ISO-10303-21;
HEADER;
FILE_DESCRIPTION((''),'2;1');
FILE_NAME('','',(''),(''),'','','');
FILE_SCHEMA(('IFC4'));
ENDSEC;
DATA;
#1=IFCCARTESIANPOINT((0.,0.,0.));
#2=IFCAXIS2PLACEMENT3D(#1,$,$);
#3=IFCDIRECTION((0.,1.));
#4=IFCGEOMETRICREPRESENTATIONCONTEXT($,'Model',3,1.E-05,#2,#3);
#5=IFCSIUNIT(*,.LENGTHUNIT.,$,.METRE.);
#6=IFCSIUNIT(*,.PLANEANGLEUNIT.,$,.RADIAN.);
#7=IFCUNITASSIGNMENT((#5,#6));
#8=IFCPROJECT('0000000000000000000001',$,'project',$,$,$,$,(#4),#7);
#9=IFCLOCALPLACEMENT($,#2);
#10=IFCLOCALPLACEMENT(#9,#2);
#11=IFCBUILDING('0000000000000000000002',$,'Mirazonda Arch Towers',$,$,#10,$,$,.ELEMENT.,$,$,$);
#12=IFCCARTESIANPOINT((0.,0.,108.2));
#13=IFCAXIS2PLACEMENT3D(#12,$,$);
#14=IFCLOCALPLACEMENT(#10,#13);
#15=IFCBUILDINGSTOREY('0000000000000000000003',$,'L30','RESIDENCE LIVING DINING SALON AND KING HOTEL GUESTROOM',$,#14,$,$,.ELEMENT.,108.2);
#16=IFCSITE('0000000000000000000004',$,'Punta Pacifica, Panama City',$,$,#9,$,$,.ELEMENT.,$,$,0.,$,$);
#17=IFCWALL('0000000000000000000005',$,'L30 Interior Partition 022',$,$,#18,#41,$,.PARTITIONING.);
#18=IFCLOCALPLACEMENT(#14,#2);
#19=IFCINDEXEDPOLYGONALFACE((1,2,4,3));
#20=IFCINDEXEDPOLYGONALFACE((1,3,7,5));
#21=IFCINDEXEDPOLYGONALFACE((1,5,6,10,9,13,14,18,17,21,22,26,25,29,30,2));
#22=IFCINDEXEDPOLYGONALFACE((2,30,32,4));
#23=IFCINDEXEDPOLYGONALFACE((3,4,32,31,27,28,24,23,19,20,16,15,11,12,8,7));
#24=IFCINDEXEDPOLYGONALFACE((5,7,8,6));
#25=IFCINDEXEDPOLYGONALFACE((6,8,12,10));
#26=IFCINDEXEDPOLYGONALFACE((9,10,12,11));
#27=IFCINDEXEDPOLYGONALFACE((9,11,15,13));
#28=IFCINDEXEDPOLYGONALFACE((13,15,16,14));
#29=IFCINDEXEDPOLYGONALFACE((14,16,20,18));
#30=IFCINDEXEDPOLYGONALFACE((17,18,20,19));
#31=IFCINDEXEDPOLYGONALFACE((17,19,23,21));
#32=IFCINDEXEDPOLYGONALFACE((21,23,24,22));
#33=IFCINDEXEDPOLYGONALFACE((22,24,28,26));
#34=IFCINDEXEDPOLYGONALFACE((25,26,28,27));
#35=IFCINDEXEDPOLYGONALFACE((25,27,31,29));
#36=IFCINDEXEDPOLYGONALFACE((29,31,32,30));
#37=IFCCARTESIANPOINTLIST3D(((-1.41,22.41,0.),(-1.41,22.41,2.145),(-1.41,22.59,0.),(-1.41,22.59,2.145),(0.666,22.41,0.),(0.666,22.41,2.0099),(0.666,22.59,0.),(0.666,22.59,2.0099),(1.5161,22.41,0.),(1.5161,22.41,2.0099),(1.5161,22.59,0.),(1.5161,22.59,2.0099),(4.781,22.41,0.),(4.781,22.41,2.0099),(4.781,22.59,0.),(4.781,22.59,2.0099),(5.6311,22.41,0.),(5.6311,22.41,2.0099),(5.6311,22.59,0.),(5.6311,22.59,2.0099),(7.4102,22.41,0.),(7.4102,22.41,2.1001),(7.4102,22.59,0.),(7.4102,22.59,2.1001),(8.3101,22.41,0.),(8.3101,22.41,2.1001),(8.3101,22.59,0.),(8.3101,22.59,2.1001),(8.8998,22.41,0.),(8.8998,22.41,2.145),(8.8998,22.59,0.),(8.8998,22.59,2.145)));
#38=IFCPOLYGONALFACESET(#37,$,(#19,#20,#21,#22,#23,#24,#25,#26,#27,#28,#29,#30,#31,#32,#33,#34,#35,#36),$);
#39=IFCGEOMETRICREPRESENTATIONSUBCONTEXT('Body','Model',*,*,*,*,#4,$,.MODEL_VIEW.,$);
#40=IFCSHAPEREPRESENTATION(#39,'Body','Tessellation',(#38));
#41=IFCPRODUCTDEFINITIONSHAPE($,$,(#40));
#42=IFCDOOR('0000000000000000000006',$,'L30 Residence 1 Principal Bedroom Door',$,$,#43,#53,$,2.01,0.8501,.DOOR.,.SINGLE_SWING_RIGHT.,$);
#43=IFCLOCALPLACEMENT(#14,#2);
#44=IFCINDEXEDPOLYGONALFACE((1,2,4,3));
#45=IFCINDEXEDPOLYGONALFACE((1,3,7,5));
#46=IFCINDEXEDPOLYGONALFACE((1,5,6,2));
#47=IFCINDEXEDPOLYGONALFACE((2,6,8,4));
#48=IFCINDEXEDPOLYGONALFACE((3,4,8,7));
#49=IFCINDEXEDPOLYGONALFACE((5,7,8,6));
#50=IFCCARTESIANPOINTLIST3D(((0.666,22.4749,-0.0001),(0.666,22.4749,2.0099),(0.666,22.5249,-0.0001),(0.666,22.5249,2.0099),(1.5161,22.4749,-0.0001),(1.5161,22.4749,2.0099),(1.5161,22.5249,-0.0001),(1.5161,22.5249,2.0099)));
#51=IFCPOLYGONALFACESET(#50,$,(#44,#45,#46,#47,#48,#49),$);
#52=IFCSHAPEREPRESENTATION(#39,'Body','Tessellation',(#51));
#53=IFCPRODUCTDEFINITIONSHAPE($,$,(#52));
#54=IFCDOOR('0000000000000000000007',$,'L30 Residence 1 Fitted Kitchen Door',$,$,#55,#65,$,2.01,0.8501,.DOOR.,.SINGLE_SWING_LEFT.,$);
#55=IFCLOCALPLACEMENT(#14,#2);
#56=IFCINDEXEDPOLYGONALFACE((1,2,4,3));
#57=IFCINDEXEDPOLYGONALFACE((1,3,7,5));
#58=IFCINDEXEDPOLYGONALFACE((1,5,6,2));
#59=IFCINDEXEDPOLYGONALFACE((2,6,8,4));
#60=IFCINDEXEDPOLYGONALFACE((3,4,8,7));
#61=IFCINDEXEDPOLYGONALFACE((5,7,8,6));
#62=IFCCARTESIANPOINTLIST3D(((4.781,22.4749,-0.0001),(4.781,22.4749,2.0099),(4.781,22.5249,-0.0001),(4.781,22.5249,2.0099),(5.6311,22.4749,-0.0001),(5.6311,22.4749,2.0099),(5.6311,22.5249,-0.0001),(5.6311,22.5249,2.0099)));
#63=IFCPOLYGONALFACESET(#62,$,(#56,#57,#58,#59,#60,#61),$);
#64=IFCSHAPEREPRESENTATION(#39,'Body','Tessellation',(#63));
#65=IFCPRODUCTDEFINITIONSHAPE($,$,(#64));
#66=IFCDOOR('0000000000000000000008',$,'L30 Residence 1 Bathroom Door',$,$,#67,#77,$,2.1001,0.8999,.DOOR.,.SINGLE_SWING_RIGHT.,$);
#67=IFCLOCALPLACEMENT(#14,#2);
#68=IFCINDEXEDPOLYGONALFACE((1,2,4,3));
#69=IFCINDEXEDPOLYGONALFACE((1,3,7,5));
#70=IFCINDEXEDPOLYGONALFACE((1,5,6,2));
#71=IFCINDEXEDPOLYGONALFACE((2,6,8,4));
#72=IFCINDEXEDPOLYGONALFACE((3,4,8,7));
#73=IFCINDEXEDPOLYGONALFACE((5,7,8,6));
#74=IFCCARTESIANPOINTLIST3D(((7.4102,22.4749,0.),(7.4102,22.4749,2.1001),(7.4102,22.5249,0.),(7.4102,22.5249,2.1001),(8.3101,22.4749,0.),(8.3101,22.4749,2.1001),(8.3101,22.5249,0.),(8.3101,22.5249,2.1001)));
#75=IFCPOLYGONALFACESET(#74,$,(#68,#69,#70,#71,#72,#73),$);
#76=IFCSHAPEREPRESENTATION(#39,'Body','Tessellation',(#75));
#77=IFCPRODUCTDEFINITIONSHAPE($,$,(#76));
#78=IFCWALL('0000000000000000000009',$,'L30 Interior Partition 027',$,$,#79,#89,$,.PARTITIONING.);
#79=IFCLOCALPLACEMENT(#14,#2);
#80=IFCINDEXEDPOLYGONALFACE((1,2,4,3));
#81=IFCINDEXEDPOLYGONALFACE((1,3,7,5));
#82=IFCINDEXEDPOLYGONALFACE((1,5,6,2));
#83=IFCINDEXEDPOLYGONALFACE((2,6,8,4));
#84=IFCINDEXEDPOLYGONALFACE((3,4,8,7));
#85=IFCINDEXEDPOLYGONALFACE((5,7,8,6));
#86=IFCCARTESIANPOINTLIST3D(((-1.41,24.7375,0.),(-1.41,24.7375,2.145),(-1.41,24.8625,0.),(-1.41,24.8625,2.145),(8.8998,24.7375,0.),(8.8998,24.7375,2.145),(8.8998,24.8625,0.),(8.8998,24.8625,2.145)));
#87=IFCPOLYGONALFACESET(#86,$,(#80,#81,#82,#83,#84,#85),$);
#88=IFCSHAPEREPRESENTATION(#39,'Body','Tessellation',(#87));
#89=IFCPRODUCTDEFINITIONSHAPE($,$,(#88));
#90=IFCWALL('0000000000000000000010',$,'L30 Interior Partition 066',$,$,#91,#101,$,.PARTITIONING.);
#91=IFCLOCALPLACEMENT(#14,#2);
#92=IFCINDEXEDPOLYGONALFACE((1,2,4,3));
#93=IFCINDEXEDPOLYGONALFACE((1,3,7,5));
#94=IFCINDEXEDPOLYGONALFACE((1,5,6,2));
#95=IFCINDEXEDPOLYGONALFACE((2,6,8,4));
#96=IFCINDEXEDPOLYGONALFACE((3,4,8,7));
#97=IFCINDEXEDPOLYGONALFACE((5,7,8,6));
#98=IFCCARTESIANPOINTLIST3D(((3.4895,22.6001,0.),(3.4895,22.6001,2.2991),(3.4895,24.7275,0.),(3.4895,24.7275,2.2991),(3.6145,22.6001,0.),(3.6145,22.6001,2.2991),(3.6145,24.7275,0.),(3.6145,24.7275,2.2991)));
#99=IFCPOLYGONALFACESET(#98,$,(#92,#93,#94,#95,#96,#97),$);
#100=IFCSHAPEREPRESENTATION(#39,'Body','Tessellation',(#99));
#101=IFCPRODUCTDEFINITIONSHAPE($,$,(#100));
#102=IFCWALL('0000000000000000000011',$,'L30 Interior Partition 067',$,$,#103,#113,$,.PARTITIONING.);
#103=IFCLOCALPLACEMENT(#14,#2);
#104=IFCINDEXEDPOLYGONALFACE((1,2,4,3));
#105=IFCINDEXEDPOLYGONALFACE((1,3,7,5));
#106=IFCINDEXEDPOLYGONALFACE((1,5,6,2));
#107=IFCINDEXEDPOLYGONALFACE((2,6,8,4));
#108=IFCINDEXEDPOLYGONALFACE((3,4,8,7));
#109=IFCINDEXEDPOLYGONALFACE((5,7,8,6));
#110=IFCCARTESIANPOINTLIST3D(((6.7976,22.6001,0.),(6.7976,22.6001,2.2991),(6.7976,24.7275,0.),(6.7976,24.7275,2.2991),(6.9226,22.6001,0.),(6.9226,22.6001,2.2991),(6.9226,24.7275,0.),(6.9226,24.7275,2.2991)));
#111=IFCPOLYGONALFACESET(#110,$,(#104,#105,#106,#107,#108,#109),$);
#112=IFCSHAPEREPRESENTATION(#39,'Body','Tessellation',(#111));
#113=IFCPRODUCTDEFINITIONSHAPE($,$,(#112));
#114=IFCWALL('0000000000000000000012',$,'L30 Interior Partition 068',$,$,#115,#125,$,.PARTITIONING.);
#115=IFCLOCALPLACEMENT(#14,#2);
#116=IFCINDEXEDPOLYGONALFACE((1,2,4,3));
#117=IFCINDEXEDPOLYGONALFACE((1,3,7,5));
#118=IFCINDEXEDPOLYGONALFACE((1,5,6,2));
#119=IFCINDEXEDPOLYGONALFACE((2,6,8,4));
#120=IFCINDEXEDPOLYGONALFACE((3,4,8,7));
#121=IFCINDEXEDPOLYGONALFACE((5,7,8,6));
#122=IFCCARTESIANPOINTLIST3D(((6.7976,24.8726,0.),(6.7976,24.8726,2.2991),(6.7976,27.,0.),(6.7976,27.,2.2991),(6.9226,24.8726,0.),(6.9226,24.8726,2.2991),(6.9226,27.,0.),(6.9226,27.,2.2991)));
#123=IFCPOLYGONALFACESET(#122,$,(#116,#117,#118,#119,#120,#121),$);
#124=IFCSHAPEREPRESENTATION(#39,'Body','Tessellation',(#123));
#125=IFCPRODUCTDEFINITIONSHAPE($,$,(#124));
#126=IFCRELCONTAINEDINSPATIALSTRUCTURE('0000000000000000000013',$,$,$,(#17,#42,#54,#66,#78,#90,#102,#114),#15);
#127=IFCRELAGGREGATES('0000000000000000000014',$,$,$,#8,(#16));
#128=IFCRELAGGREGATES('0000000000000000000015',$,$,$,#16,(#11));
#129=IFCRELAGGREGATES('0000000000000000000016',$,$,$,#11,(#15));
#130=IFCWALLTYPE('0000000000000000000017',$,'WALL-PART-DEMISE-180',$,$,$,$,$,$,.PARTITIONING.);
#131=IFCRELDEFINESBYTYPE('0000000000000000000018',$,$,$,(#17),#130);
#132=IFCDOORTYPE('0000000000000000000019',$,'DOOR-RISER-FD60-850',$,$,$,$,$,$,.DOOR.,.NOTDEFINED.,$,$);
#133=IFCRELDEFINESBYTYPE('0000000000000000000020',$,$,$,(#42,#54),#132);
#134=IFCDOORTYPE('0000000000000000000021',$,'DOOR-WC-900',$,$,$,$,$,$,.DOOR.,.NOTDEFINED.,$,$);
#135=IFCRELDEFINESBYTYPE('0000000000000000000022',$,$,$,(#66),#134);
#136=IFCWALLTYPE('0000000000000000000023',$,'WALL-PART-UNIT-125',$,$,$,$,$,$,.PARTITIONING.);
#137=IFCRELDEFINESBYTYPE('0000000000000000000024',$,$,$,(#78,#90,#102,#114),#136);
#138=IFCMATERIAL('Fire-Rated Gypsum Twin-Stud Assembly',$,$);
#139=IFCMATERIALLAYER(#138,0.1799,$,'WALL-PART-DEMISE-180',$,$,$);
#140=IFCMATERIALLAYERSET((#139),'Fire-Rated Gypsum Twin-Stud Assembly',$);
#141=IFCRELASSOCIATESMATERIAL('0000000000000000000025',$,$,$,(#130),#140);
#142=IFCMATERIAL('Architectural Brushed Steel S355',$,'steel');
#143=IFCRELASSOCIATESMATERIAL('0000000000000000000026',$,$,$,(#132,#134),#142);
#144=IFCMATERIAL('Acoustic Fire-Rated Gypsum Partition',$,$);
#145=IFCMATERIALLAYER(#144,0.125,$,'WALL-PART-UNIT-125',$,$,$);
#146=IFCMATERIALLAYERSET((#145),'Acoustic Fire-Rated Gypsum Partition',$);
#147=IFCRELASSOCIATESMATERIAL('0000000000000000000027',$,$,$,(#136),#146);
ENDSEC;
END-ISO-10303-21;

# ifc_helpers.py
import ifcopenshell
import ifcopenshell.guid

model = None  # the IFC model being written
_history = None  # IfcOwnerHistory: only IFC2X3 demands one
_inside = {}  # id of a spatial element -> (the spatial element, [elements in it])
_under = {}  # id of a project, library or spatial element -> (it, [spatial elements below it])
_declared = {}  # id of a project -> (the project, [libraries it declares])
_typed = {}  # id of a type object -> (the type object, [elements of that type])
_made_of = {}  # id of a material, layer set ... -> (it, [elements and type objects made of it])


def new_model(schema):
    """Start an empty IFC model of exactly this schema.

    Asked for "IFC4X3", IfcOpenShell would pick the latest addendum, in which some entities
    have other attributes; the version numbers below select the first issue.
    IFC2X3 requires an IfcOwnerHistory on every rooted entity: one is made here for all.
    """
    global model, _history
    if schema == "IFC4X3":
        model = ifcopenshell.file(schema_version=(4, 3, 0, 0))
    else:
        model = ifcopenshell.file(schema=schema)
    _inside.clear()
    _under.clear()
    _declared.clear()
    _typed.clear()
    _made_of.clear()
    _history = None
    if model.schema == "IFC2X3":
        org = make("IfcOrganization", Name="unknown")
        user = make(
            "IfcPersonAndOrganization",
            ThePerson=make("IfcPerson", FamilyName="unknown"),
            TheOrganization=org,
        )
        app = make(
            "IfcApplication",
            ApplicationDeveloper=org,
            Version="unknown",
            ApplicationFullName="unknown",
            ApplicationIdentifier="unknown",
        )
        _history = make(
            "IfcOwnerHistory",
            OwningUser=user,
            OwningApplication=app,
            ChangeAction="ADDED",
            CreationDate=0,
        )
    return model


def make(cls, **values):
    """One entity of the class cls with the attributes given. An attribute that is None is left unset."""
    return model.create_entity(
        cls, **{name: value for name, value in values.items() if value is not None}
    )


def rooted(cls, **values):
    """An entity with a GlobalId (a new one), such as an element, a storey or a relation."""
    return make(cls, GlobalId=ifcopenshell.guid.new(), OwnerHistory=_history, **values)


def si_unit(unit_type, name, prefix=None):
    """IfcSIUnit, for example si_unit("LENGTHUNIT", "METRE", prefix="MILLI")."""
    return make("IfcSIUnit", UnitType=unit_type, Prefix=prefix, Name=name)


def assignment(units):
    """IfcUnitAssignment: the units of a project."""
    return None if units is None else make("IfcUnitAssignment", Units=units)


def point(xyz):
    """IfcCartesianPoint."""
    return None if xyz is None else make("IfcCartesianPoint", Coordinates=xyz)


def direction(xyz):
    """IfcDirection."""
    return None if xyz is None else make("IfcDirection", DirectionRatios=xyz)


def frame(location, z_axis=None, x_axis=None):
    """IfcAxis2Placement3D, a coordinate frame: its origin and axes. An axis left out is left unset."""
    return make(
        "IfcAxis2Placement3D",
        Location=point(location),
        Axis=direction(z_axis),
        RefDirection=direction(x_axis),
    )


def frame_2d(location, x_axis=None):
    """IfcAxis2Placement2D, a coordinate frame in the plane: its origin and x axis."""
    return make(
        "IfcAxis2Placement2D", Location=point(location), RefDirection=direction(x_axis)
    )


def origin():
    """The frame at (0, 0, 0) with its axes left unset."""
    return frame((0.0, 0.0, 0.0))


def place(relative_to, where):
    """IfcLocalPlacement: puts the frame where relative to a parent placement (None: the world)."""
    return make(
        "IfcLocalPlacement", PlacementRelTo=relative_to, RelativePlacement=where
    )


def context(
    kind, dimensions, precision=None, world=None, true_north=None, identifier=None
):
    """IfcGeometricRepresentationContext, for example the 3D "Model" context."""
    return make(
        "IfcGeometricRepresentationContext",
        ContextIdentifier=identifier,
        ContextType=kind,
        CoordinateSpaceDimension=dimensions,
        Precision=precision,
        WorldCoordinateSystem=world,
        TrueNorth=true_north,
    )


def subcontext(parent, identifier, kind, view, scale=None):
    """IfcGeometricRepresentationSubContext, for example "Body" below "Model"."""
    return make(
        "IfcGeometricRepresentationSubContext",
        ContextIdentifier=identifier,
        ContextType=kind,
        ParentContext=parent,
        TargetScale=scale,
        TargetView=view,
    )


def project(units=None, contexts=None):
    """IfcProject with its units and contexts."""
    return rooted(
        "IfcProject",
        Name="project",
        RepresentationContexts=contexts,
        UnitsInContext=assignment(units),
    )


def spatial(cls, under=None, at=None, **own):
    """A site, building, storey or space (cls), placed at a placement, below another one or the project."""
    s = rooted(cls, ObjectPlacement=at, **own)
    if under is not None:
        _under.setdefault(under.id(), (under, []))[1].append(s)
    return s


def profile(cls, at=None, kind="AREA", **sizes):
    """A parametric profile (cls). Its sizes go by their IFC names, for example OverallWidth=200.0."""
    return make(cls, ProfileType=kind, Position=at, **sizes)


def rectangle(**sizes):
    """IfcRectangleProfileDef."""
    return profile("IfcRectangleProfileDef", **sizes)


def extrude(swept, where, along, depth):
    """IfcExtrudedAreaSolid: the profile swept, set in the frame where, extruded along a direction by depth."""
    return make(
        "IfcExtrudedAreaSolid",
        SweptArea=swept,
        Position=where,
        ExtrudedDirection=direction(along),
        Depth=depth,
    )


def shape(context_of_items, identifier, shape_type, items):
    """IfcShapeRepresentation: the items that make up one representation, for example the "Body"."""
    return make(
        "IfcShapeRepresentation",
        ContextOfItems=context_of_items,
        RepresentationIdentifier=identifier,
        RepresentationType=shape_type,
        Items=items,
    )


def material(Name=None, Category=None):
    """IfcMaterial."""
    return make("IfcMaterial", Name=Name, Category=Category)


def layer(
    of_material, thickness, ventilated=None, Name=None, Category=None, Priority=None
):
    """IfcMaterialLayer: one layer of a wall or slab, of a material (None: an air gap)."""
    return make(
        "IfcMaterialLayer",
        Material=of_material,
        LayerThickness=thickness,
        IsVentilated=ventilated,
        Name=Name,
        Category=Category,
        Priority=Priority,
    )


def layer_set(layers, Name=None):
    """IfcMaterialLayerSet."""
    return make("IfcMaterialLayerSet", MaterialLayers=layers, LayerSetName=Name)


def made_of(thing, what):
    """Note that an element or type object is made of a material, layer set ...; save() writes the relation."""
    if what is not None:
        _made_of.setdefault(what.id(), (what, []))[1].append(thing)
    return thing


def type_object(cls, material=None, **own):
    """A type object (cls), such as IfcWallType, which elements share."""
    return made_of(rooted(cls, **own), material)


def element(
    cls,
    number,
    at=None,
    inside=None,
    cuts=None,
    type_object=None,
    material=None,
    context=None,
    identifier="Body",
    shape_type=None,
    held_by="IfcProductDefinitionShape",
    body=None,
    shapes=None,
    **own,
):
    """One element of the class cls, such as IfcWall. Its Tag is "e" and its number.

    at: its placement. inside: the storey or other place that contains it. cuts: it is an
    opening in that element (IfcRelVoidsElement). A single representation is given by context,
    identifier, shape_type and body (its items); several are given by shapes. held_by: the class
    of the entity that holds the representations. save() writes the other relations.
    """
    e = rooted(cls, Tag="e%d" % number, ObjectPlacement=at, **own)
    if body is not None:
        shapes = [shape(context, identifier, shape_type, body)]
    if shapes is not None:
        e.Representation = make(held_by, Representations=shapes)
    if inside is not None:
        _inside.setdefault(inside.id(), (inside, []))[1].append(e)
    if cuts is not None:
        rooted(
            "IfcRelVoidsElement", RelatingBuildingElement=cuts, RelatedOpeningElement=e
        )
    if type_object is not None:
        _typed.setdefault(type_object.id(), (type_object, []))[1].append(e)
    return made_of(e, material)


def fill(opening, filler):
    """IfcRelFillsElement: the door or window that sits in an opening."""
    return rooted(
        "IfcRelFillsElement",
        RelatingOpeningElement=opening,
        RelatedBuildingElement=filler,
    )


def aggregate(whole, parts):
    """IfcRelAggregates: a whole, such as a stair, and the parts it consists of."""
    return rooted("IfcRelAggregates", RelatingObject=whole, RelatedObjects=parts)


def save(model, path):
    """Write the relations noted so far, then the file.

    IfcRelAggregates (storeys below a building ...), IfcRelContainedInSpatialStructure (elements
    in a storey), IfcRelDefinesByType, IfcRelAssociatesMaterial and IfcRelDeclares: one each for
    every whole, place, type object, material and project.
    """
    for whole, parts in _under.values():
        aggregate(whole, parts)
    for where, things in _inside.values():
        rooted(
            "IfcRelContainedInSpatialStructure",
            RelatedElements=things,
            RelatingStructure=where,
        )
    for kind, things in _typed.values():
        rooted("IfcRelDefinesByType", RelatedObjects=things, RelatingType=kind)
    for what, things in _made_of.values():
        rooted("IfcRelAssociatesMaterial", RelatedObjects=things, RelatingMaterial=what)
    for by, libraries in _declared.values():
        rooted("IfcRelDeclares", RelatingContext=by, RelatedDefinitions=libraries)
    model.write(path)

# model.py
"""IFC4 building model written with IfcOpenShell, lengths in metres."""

from ifc_helpers import new_model, si_unit, direction, frame, frame_2d, origin, place, context, subcontext, project, spatial, rectangle, extrude, material, layer, layer_set, type_object, element, fill, save


model = new_model("IFC4")

# Units and contexts
model_context = context("Model", 3, precision=1e-05, world=origin(), true_north=direction((0.0, 1.0)))
body_context = subcontext(model_context, "Body", "Model", "MODEL_VIEW")
ifc_project = project(units=[si_unit("LENGTHUNIT", "METRE"), si_unit("PLANEANGLEUNIT", "RADIAN")], contexts=[model_context])

# Site, building, storey
site_placement = place(None, origin())
site = spatial("IfcSite", under=ifc_project, at=site_placement, Name="Punta Pacifica, Panama City", CompositionType="ELEMENT", RefElevation=0.0)
building_placement = place(site_placement, origin())
building = spatial("IfcBuilding", under=site, at=building_placement, Name="Mirazonda Arch Towers", CompositionType="ELEMENT")
storey_placement = place(building_placement, frame((0.0, 0.0, 108.2)))
storey = spatial("IfcBuildingStorey", under=building, at=storey_placement, Name="L30", Description="RESIDENCE LIVING DINING SALON AND KING HOTEL GUESTROOM", CompositionType="ELEMENT", Elevation=108.2)

# Wall, openings, doors
ifc_material_1 = material(Name="Fire-Rated Gypsum Twin-Stud Assembly")
ifc_layer_1 = layer(ifc_material_1, 0.1799, Name="WALL-PART-DEMISE-180")
ifc_layer_set_1 = layer_set([ifc_layer_1], Name="Fire-Rated Gypsum Twin-Stud Assembly")
wall_type_1 = type_object("IfcWallType", Name="WALL-PART-DEMISE-180", PredefinedType="PARTITIONING", material=ifc_layer_set_1)
wall_1_placement = place(storey_placement, frame((-1.4099, 22.5, 0.0), z_axis=(0.0, 0.0, 1.0), x_axis=(1.0, 0.0, 0.0)))
wall_1 = element("IfcWall", 1, at=wall_1_placement, inside=storey, type_object=wall_type_1, Name="L30 Interior Partition 022", PredefinedType="PARTITIONING", context=body_context, shape_type="SweptSolid", body=[
    extrude(rectangle(XDim=10.3098, YDim=0.1799, at=frame_2d((5.1548, 0.0))), origin(), (0.0, 0.0, 1.0), 2.145),
])
opening_1_placement = place(wall_1_placement, frame((2.0759, 0.0, 0.0)))
opening_1 = element("IfcOpeningElement", 2, at=opening_1_placement, cuts=wall_1, PredefinedType="OPENING", context=body_context, shape_type="SweptSolid", body=[
    extrude(rectangle(XDim=0.8501, YDim=2.01, at=frame_2d((0.425, 1.0049))), frame((0.0, 0.0999, 0.0), z_axis=(0.0, -1.0, 0.0), x_axis=(1.0, 0.0, 0.0)), (0.0, 0.0, 1.0), 0.2),
])
opening_2_placement = place(wall_1_placement, frame((6.1909, 0.0, 0.0)))
opening_2 = element("IfcOpeningElement", 3, at=opening_2_placement, cuts=wall_1, PredefinedType="OPENING", context=body_context, shape_type="SweptSolid", body=[
    extrude(rectangle(XDim=0.8501, YDim=2.01, at=frame_2d((0.425, 1.0049))), frame((0.0, 0.0999, 0.0), z_axis=(0.0, -1.0, 0.0), x_axis=(1.0, 0.0, 0.0)), (0.0, 0.0, 1.0), 0.2),
])
opening_3_placement = place(wall_1_placement, frame((8.8201, 0.0, 0.0)))
opening_3 = element("IfcOpeningElement", 4, at=opening_3_placement, cuts=wall_1, PredefinedType="OPENING", context=body_context, shape_type="SweptSolid", body=[
    extrude(rectangle(XDim=0.8999, YDim=2.1001, at=frame_2d((0.45, 1.05))), frame((0.0, 0.0999, 0.0), z_axis=(0.0, -1.0, 0.0), x_axis=(1.0, 0.0, 0.0)), (0.0, 0.0, 1.0), 0.2),
])
ifc_material_2 = material(Name="Architectural Brushed Steel S355", Category="steel")
door_type_1 = type_object("IfcDoorType", Name="DOOR-RISER-FD60-850", OperationType="NOTDEFINED", PredefinedType="DOOR", material=ifc_material_2)
door_1_placement = place(opening_1_placement, origin())
door_1 = element("IfcDoor", 5, at=door_1_placement, inside=storey, type_object=door_type_1, Name="L30 Residence 1 Principal Bedroom Door", OperationType="SINGLE_SWING_RIGHT", OverallHeight=2.01, OverallWidth=0.8501, PredefinedType="DOOR", context=body_context, shape_type="SweptSolid", body=[
    extrude(rectangle(XDim=0.8501, YDim=2.01, at=frame_2d((0.425, 1.0049))), frame((0.0, 0.0249, 0.0), z_axis=(0.0, -1.0, 0.0), x_axis=(1.0, 0.0, 0.0)), (0.0, 0.0, 1.0), 0.05),
])
fill(opening_1, door_1)
door_2_placement = place(opening_2_placement, origin())
door_2 = element("IfcDoor", 6, at=door_2_placement, inside=storey, type_object=door_type_1, Name="L30 Residence 1 Fitted Kitchen Door", OperationType="SINGLE_SWING_LEFT", OverallHeight=2.01, OverallWidth=0.8501, PredefinedType="DOOR", context=body_context, shape_type="SweptSolid", body=[
    extrude(rectangle(XDim=0.8501, YDim=2.01, at=frame_2d((0.425, 1.0049))), frame((0.0, 0.0249, 0.0), z_axis=(0.0, -1.0, 0.0), x_axis=(1.0, 0.0, 0.0)), (0.0, 0.0, 1.0), 0.05),
])
fill(opening_2, door_2)
door_type_2 = type_object("IfcDoorType", Name="DOOR-WC-900", OperationType="NOTDEFINED", PredefinedType="DOOR", material=ifc_material_2)
door_3_placement = place(opening_3_placement, origin())
door_3 = element("IfcDoor", 7, at=door_3_placement, inside=storey, type_object=door_type_2, Name="L30 Residence 1 Bathroom Door", OperationType="SINGLE_SWING_RIGHT", OverallHeight=2.1001, OverallWidth=0.8999, PredefinedType="DOOR", context=body_context, shape_type="SweptSolid", body=[
    extrude(rectangle(XDim=0.8999, YDim=2.1001, at=frame_2d((0.45, 1.05))), frame((0.0, 0.0249, 0.0), z_axis=(0.0, -1.0, 0.0), x_axis=(1.0, 0.0, 0.0)), (0.0, 0.0, 1.0), 0.05),
])
fill(opening_3, door_3)

# Walls
ifc_material_3 = material(Name="Acoustic Fire-Rated Gypsum Partition")
ifc_layer_2 = layer(ifc_material_3, 0.125, Name="WALL-PART-UNIT-125")
ifc_layer_set_2 = layer_set([ifc_layer_2], Name="Acoustic Fire-Rated Gypsum Partition")
wall_type_2 = type_object("IfcWallType", Name="WALL-PART-UNIT-125", PredefinedType="PARTITIONING", material=ifc_layer_set_2)
wall_2_placement = place(storey_placement, frame((-1.4099, 24.8, 0.0), z_axis=(0.0, 0.0, 1.0), x_axis=(1.0, 0.0, 0.0)))
element("IfcWall", 8, at=wall_2_placement, inside=storey, type_object=wall_type_2, Name="L30 Interior Partition 027", PredefinedType="PARTITIONING", context=body_context, shape_type="SweptSolid", body=[
    extrude(rectangle(XDim=10.3098, YDim=0.125, at=frame_2d((5.1548, 0.0))), origin(), (0.0, 0.0, 1.0), 2.145),
])
for number, where, z_axis, x_axis, name in (
    (9, (3.552, 22.6001, 0.0), (0.0, 0.0, 1.0), (0.0, 1.0, 0.0), "L30 Interior Partition 066"),
    (10, (6.8601, 22.6001, 0.0), (0.0, 0.0, 1.0), (0.0, 1.0, 0.0), "L30 Interior Partition 067"),
    (11, (6.8601, 24.8726, 0.0), (0.0, 0.0, 1.0), (0.0, 1.0, 0.0), "L30 Interior Partition 068"),
):
    element("IfcWall", number, at=place(storey_placement, frame(where, z_axis=z_axis, x_axis=x_axis)), inside=storey, type_object=wall_type_2, Name=name, PredefinedType="PARTITIONING", context=body_context, shape_type="SweptSolid", body=[
        extrude(rectangle(XDim=2.1274, YDim=0.125, at=frame_2d((1.0637, 0.0))), origin(), (0.0, 0.0, 1.0), 2.2991),
    ])

save(model, "model.ifc")
